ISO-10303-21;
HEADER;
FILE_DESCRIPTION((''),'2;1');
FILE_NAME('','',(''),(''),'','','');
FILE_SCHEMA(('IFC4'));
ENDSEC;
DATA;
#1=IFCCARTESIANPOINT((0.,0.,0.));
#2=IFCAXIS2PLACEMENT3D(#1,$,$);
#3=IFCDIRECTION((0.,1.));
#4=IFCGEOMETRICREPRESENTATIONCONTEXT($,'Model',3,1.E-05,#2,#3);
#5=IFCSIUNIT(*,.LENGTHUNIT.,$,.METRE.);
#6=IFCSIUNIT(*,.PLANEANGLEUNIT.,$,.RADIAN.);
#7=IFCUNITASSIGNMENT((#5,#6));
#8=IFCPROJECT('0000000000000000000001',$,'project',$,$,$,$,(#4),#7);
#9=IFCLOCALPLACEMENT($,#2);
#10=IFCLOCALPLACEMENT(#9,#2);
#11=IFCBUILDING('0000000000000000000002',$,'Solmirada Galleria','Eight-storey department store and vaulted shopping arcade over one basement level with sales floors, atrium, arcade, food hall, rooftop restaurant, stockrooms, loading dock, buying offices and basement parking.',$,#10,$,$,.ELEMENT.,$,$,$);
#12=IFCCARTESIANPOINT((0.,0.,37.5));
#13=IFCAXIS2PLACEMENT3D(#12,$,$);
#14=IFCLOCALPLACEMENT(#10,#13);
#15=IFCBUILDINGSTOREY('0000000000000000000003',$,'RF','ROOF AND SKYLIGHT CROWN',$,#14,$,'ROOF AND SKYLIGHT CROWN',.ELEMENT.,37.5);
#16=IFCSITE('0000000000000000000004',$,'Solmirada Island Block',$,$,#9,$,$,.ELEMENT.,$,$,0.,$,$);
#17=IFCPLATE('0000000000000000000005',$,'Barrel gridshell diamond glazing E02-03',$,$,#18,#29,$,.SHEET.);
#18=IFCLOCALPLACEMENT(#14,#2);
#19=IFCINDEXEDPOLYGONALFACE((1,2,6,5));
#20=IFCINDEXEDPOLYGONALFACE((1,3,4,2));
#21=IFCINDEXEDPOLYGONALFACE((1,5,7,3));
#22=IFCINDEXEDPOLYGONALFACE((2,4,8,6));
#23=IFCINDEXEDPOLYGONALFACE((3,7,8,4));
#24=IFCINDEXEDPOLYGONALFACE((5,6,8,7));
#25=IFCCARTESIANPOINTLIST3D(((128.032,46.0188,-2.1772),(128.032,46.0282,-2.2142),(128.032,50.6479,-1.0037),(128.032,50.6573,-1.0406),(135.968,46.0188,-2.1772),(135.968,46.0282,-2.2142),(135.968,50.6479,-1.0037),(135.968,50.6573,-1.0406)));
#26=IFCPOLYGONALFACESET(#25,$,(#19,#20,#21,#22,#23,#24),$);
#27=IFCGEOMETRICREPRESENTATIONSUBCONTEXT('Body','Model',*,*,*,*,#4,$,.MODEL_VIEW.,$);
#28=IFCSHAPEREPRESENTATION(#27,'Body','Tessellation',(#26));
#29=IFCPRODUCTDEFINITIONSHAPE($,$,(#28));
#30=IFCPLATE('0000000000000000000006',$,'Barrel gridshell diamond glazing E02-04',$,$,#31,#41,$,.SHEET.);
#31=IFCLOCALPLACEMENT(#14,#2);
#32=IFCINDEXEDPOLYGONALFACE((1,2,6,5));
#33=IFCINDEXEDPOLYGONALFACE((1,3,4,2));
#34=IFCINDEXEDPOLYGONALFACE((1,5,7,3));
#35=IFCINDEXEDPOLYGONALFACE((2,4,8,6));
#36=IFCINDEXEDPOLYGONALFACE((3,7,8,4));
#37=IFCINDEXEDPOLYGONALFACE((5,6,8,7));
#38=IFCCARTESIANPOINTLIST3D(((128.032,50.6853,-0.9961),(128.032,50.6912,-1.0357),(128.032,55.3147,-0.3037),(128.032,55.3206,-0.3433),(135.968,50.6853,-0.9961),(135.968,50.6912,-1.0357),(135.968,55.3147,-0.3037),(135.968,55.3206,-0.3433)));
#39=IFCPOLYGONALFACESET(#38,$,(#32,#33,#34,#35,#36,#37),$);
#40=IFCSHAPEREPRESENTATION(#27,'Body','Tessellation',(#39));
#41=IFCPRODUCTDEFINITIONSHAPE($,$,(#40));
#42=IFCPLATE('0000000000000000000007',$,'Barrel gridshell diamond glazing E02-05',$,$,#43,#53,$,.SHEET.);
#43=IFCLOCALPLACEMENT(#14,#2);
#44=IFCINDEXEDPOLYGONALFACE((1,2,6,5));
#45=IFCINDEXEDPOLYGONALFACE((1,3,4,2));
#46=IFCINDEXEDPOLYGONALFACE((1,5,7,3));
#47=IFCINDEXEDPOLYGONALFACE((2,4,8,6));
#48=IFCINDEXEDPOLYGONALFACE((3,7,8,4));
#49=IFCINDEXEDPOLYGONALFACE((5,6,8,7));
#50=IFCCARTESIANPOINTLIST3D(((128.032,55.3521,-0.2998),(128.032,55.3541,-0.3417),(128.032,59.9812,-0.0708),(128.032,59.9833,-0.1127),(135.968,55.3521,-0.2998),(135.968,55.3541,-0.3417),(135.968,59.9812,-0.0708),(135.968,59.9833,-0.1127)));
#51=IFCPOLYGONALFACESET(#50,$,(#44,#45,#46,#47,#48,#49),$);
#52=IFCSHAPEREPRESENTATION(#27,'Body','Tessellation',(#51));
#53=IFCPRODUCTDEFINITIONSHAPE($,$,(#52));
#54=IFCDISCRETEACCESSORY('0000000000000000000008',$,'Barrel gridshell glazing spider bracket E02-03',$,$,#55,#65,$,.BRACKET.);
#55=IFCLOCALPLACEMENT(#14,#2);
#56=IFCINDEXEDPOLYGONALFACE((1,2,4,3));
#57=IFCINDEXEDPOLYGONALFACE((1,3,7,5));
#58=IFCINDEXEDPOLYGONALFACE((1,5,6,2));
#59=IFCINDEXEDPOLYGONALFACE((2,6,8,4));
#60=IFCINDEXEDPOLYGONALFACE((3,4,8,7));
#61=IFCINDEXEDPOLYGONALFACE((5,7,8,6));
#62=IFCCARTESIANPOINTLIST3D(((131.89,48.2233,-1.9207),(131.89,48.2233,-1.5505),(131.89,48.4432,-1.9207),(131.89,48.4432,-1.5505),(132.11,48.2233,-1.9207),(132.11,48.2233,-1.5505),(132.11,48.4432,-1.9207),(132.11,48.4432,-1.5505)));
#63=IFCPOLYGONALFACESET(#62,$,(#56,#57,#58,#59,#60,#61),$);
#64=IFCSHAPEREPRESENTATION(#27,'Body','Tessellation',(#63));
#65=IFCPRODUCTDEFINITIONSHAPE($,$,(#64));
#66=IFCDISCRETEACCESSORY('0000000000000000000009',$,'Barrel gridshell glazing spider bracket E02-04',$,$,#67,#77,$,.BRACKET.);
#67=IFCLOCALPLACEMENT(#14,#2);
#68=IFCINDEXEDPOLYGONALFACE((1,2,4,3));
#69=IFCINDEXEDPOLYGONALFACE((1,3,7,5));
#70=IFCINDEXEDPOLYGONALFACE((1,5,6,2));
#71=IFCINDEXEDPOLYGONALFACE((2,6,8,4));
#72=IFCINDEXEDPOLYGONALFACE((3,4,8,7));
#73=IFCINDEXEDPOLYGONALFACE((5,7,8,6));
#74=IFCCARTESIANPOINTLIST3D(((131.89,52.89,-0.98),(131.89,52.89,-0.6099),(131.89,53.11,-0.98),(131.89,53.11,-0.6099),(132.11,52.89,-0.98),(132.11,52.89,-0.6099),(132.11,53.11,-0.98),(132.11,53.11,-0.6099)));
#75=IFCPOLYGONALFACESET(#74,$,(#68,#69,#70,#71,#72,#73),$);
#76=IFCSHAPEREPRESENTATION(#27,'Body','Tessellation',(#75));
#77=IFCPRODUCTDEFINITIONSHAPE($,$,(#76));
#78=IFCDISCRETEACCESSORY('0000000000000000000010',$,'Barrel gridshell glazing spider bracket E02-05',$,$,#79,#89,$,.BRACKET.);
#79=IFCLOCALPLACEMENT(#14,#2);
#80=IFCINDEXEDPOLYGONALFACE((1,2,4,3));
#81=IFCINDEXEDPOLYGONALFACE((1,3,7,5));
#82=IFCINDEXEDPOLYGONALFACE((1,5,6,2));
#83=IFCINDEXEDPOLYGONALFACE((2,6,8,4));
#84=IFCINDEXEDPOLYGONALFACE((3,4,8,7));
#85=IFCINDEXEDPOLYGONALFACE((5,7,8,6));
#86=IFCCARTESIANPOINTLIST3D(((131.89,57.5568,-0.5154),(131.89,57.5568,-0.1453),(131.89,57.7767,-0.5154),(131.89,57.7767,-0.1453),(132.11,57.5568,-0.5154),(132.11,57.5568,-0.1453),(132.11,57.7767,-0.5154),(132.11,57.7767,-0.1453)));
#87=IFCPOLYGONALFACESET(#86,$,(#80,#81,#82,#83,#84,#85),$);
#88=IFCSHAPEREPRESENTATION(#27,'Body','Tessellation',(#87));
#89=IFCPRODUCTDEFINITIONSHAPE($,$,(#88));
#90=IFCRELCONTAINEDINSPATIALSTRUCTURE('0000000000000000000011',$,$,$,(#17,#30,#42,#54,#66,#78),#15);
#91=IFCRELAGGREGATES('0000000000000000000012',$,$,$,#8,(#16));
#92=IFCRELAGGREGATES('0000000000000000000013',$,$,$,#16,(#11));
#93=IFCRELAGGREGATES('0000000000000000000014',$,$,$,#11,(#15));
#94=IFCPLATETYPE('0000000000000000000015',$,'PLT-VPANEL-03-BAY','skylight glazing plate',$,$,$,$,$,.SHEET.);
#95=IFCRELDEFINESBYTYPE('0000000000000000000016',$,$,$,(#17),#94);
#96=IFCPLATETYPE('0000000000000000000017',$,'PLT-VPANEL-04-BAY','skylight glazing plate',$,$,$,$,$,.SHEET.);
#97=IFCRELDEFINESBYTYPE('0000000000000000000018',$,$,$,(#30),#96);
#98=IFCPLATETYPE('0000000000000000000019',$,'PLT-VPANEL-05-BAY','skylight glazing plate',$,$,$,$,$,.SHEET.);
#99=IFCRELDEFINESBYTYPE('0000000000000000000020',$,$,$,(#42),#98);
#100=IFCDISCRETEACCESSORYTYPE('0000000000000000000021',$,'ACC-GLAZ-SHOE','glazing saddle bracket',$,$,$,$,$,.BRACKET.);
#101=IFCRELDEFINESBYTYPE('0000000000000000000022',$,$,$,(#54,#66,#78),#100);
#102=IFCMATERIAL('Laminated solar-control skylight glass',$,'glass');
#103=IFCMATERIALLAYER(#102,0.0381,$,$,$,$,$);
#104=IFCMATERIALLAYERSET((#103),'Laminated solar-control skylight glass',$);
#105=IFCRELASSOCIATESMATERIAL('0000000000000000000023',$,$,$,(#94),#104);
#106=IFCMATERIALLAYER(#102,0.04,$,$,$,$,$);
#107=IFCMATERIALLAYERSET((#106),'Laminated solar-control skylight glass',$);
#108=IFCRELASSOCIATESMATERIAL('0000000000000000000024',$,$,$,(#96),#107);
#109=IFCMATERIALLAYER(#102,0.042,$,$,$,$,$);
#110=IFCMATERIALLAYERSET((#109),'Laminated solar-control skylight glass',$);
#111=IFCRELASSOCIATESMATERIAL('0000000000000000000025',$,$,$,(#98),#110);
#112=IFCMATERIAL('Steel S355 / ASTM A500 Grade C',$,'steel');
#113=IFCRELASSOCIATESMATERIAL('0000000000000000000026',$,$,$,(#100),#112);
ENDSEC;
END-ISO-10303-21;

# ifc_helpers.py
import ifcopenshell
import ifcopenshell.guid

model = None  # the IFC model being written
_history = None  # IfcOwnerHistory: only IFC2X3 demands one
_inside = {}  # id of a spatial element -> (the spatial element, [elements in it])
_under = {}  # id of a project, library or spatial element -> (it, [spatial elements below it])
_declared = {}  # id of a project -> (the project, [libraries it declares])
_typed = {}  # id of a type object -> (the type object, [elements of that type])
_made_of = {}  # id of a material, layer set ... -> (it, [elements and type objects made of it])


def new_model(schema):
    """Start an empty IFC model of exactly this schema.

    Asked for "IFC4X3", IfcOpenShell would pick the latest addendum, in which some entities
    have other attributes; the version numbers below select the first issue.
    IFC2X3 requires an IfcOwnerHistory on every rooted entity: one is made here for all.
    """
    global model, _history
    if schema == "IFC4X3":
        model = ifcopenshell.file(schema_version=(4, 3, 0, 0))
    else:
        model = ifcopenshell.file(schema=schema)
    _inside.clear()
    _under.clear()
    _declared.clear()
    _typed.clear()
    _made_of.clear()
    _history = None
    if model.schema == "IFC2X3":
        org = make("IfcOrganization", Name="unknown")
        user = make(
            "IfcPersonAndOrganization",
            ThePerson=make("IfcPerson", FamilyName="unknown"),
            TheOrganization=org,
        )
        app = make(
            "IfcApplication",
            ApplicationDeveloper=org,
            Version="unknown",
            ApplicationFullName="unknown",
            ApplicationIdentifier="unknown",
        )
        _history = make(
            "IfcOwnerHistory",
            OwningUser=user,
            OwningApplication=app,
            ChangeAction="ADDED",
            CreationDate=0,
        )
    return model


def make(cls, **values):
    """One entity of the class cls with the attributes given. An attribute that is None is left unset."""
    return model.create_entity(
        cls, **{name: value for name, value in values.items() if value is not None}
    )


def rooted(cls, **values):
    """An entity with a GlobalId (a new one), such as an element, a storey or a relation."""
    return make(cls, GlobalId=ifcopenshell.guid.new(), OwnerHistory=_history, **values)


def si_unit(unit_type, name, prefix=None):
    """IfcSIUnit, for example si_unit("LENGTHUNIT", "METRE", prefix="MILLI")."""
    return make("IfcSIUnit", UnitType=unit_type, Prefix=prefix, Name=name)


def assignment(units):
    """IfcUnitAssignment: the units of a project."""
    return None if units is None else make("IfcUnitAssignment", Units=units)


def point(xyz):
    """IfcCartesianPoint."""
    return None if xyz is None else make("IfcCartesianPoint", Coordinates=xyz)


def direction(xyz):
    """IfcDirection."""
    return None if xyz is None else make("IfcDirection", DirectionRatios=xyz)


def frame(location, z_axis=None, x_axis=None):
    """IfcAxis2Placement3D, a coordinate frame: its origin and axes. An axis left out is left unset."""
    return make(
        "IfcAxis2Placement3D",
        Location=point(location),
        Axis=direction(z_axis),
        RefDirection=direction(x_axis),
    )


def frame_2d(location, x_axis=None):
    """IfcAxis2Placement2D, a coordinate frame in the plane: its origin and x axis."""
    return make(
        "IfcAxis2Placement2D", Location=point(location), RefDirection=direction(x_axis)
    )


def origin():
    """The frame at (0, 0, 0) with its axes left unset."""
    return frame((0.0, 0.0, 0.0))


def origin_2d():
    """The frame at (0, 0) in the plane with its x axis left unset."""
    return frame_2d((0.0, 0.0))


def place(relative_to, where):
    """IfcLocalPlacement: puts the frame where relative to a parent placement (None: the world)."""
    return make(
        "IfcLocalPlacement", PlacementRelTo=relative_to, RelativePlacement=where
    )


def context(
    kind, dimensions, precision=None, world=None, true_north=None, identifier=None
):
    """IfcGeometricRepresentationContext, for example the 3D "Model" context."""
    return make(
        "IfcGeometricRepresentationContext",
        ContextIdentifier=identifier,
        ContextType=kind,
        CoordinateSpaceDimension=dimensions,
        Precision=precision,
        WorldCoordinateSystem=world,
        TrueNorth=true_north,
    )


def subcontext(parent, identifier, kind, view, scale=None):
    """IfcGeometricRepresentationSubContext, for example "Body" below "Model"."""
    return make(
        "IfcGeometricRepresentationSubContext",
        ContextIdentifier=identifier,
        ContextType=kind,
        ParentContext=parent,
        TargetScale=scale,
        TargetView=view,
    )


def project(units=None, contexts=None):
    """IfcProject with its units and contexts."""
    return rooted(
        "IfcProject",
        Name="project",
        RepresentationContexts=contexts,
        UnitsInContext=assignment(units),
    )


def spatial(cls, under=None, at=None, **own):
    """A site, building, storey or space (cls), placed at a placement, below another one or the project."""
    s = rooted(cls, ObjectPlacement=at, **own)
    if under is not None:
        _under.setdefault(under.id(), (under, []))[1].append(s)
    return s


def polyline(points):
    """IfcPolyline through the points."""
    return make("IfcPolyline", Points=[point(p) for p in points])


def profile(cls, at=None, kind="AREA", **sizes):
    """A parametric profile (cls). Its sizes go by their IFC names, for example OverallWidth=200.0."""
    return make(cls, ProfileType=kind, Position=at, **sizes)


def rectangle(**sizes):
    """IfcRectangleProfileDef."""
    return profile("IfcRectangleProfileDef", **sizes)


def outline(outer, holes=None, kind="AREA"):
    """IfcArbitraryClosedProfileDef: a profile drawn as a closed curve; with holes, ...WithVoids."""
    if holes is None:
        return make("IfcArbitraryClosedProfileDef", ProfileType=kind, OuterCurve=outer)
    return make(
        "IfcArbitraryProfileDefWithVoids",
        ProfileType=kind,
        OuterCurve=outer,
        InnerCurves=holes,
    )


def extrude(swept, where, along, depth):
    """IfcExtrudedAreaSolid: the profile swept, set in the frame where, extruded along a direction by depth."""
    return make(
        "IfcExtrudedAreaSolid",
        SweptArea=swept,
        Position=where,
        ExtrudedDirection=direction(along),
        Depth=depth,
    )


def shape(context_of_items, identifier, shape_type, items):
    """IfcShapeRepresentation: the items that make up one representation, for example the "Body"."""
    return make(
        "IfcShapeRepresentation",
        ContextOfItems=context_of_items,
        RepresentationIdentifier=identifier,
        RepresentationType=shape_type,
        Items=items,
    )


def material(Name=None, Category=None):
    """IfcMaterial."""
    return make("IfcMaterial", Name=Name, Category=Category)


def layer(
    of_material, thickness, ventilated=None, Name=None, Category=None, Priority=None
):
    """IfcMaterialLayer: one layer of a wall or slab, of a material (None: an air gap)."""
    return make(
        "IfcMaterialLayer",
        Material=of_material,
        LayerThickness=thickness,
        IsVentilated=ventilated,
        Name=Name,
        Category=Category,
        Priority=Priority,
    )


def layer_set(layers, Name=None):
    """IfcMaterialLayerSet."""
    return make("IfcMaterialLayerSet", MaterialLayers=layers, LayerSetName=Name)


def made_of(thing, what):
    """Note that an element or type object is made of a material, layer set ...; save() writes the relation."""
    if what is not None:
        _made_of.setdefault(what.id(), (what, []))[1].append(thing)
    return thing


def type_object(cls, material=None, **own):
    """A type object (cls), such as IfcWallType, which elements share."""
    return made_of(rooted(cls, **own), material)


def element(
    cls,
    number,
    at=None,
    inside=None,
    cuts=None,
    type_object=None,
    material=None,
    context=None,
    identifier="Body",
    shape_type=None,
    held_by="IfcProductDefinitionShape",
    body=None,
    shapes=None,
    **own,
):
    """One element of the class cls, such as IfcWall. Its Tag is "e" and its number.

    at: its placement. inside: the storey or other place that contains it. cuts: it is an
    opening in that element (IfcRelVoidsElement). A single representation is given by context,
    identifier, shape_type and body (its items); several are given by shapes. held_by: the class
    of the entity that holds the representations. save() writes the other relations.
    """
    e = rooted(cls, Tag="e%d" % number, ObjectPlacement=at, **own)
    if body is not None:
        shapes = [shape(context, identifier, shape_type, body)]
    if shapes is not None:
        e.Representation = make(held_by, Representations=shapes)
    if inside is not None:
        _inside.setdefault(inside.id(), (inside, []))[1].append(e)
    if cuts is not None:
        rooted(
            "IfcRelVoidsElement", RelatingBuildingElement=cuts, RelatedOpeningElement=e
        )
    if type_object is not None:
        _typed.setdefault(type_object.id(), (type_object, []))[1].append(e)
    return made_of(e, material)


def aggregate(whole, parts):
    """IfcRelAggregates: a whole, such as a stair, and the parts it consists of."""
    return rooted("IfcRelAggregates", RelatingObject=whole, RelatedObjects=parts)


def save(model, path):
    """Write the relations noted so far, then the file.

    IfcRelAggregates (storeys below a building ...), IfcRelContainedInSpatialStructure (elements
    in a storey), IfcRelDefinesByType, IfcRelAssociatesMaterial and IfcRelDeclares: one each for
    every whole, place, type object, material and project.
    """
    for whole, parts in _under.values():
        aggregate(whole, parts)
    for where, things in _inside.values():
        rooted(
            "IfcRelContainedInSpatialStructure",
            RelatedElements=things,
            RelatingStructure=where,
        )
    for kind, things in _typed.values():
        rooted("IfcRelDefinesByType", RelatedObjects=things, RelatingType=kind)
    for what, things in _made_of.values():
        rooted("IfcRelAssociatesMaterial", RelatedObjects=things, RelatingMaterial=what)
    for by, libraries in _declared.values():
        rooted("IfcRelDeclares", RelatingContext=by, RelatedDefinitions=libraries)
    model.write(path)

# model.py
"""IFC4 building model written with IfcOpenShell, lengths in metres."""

from ifc_helpers import new_model, si_unit, direction, frame, origin, origin_2d, place, context, subcontext, project, spatial, polyline, rectangle, outline, extrude, material, layer, layer_set, type_object, element, save


model = new_model("IFC4")

# Units and contexts
model_context = context("Model", 3, precision=1e-05, world=origin(), true_north=direction((0.0, 1.0)))
body_context = subcontext(model_context, "Body", "Model", "MODEL_VIEW")
ifc_project = project(units=[si_unit("LENGTHUNIT", "METRE"), si_unit("PLANEANGLEUNIT", "RADIAN")], contexts=[model_context])

# Site, building, storey
site_placement = place(None, origin())
site = spatial("IfcSite", under=ifc_project, at=site_placement, Name="Solmirada Island Block", CompositionType="ELEMENT", RefElevation=0.0)
building_placement = place(site_placement, origin())
building = spatial("IfcBuilding", under=site, at=building_placement, Name="Solmirada Galleria", Description="Eight-storey department store and vaulted shopping arcade over one basement level with sales floors, atrium, arcade, food hall, rooftop restaurant, stockrooms, loading dock, buying offices and basement parking.", CompositionType="ELEMENT")
storey_placement = place(building_placement, frame((0.0, 0.0, 37.5)))
storey = spatial("IfcBuildingStorey", under=building, at=storey_placement, Name="RF", Description="ROOF AND SKYLIGHT CROWN", LongName="ROOF AND SKYLIGHT CROWN", CompositionType="ELEMENT", Elevation=37.5)

# Shared definitions
ifc_material_1 = material(Name="Steel S355 / ASTM A500 Grade C", Category="steel")

# Plates
ifc_material_2 = material(Name="Laminated solar-control skylight glass", Category="glass")
ifc_layer_1 = layer(ifc_material_2, 0.0381)
ifc_layer_set_1 = layer_set([ifc_layer_1], Name="Laminated solar-control skylight glass")
plate_type_1 = type_object("IfcPlateType", Name="PLT-VPANEL-03-BAY", Description="skylight glazing plate", PredefinedType="SHEET", material=ifc_layer_set_1)
plate_1_placement = place(storey_placement, frame((128.032, 46.0188, -2.1772), z_axis=(0.0, -0.245746, 0.969334), x_axis=(1.0, 0.0, 0.0)))
element("IfcPlate", 1, at=plate_1_placement, inside=storey, type_object=plate_type_1, Name="Barrel gridshell diamond glazing E02-03", PredefinedType="SHEET", context=body_context, shape_type="SweptSolid", body=[
    extrude(outline(polyline([(0.0, 0.0), (7.936, 0.0), (7.936, 4.7756), (0.0, 4.7756), (0.0, 0.0)])), origin(), (0.0, 0.0, -1.0), 0.0381),
])
ifc_layer_2 = layer(ifc_material_2, 0.04)
ifc_layer_set_2 = layer_set([ifc_layer_2], Name="Laminated solar-control skylight glass")
plate_type_2 = type_object("IfcPlateType", Name="PLT-VPANEL-04-BAY", Description="skylight glazing plate", PredefinedType="SHEET", material=ifc_layer_set_2)
plate_2_placement = place(storey_placement, frame((128.032, 50.6853, -0.9961), z_axis=(0.0, -0.147917, 0.989), x_axis=(1.0, 0.0, 0.0)))
element("IfcPlate", 2, at=plate_2_placement, inside=storey, type_object=plate_type_2, Name="Barrel gridshell diamond glazing E02-04", PredefinedType="SHEET", context=body_context, shape_type="SweptSolid", body=[
    extrude(outline(polyline([(0.0, 0.0), (7.936, 0.0), (7.936, 4.6809), (0.0, 4.6809), (0.0, 0.0)])), origin(), (0.0, 0.0, -1.0), 0.04),
])
ifc_layer_3 = layer(ifc_material_2, 0.042)
ifc_layer_set_3 = layer_set([ifc_layer_3], Name="Laminated solar-control skylight glass")
plate_type_3 = type_object("IfcPlateType", Name="PLT-VPANEL-05-BAY", Description="skylight glazing plate", PredefinedType="SHEET", material=ifc_layer_set_3)
plate_3_placement = place(storey_placement, frame((128.032, 55.3521, -0.2998), z_axis=(0.0, -0.04941, 0.998779), x_axis=(1.0, 0.0, 0.0)))
element("IfcPlate", 3, at=plate_3_placement, inside=storey, type_object=plate_type_3, Name="Barrel gridshell diamond glazing E02-05", PredefinedType="SHEET", context=body_context, shape_type="SweptSolid", body=[
    extrude(outline(polyline([(0.0, 0.0), (7.936, 0.0), (7.936, 4.6348), (0.0, 4.6348), (0.0, 0.0)])), origin(), (0.0, 0.0, -1.0), 0.042),
])

# Discrete accessories
discrete_accessory_type = type_object("IfcDiscreteAccessoryType", Name="ACC-GLAZ-SHOE", Description="glazing saddle bracket", PredefinedType="BRACKET", material=ifc_material_1)
for number, where, z_axis, x_axis, name in (
    (4, (132.0, 48.3333, -1.9207), (0.0, 0.0, 1.0), (1.0, 0.0, 0.0), "Barrel gridshell glazing spider bracket E02-03"),
    (5, (132.0, 53.0, -0.98), (0.0, 0.0, 1.0), (1.0, 0.0, 0.0), "Barrel gridshell glazing spider bracket E02-04"),
    (6, (132.0, 57.6667, -0.5154), (0.0, 0.0, 1.0), (1.0, 0.0, 0.0), "Barrel gridshell glazing spider bracket E02-05"),
):
    element("IfcDiscreteAccessory", number, at=place(storey_placement, frame(where, z_axis=z_axis, x_axis=x_axis)), inside=storey, type_object=discrete_accessory_type, Name=name, PredefinedType="BRACKET", context=body_context, shape_type="SweptSolid", body=[
        extrude(rectangle(XDim=0.22, YDim=0.22, at=origin_2d()), origin(), (0.0, 0.0, 1.0), 0.3701),
    ])

save(model, "model.ifc")
